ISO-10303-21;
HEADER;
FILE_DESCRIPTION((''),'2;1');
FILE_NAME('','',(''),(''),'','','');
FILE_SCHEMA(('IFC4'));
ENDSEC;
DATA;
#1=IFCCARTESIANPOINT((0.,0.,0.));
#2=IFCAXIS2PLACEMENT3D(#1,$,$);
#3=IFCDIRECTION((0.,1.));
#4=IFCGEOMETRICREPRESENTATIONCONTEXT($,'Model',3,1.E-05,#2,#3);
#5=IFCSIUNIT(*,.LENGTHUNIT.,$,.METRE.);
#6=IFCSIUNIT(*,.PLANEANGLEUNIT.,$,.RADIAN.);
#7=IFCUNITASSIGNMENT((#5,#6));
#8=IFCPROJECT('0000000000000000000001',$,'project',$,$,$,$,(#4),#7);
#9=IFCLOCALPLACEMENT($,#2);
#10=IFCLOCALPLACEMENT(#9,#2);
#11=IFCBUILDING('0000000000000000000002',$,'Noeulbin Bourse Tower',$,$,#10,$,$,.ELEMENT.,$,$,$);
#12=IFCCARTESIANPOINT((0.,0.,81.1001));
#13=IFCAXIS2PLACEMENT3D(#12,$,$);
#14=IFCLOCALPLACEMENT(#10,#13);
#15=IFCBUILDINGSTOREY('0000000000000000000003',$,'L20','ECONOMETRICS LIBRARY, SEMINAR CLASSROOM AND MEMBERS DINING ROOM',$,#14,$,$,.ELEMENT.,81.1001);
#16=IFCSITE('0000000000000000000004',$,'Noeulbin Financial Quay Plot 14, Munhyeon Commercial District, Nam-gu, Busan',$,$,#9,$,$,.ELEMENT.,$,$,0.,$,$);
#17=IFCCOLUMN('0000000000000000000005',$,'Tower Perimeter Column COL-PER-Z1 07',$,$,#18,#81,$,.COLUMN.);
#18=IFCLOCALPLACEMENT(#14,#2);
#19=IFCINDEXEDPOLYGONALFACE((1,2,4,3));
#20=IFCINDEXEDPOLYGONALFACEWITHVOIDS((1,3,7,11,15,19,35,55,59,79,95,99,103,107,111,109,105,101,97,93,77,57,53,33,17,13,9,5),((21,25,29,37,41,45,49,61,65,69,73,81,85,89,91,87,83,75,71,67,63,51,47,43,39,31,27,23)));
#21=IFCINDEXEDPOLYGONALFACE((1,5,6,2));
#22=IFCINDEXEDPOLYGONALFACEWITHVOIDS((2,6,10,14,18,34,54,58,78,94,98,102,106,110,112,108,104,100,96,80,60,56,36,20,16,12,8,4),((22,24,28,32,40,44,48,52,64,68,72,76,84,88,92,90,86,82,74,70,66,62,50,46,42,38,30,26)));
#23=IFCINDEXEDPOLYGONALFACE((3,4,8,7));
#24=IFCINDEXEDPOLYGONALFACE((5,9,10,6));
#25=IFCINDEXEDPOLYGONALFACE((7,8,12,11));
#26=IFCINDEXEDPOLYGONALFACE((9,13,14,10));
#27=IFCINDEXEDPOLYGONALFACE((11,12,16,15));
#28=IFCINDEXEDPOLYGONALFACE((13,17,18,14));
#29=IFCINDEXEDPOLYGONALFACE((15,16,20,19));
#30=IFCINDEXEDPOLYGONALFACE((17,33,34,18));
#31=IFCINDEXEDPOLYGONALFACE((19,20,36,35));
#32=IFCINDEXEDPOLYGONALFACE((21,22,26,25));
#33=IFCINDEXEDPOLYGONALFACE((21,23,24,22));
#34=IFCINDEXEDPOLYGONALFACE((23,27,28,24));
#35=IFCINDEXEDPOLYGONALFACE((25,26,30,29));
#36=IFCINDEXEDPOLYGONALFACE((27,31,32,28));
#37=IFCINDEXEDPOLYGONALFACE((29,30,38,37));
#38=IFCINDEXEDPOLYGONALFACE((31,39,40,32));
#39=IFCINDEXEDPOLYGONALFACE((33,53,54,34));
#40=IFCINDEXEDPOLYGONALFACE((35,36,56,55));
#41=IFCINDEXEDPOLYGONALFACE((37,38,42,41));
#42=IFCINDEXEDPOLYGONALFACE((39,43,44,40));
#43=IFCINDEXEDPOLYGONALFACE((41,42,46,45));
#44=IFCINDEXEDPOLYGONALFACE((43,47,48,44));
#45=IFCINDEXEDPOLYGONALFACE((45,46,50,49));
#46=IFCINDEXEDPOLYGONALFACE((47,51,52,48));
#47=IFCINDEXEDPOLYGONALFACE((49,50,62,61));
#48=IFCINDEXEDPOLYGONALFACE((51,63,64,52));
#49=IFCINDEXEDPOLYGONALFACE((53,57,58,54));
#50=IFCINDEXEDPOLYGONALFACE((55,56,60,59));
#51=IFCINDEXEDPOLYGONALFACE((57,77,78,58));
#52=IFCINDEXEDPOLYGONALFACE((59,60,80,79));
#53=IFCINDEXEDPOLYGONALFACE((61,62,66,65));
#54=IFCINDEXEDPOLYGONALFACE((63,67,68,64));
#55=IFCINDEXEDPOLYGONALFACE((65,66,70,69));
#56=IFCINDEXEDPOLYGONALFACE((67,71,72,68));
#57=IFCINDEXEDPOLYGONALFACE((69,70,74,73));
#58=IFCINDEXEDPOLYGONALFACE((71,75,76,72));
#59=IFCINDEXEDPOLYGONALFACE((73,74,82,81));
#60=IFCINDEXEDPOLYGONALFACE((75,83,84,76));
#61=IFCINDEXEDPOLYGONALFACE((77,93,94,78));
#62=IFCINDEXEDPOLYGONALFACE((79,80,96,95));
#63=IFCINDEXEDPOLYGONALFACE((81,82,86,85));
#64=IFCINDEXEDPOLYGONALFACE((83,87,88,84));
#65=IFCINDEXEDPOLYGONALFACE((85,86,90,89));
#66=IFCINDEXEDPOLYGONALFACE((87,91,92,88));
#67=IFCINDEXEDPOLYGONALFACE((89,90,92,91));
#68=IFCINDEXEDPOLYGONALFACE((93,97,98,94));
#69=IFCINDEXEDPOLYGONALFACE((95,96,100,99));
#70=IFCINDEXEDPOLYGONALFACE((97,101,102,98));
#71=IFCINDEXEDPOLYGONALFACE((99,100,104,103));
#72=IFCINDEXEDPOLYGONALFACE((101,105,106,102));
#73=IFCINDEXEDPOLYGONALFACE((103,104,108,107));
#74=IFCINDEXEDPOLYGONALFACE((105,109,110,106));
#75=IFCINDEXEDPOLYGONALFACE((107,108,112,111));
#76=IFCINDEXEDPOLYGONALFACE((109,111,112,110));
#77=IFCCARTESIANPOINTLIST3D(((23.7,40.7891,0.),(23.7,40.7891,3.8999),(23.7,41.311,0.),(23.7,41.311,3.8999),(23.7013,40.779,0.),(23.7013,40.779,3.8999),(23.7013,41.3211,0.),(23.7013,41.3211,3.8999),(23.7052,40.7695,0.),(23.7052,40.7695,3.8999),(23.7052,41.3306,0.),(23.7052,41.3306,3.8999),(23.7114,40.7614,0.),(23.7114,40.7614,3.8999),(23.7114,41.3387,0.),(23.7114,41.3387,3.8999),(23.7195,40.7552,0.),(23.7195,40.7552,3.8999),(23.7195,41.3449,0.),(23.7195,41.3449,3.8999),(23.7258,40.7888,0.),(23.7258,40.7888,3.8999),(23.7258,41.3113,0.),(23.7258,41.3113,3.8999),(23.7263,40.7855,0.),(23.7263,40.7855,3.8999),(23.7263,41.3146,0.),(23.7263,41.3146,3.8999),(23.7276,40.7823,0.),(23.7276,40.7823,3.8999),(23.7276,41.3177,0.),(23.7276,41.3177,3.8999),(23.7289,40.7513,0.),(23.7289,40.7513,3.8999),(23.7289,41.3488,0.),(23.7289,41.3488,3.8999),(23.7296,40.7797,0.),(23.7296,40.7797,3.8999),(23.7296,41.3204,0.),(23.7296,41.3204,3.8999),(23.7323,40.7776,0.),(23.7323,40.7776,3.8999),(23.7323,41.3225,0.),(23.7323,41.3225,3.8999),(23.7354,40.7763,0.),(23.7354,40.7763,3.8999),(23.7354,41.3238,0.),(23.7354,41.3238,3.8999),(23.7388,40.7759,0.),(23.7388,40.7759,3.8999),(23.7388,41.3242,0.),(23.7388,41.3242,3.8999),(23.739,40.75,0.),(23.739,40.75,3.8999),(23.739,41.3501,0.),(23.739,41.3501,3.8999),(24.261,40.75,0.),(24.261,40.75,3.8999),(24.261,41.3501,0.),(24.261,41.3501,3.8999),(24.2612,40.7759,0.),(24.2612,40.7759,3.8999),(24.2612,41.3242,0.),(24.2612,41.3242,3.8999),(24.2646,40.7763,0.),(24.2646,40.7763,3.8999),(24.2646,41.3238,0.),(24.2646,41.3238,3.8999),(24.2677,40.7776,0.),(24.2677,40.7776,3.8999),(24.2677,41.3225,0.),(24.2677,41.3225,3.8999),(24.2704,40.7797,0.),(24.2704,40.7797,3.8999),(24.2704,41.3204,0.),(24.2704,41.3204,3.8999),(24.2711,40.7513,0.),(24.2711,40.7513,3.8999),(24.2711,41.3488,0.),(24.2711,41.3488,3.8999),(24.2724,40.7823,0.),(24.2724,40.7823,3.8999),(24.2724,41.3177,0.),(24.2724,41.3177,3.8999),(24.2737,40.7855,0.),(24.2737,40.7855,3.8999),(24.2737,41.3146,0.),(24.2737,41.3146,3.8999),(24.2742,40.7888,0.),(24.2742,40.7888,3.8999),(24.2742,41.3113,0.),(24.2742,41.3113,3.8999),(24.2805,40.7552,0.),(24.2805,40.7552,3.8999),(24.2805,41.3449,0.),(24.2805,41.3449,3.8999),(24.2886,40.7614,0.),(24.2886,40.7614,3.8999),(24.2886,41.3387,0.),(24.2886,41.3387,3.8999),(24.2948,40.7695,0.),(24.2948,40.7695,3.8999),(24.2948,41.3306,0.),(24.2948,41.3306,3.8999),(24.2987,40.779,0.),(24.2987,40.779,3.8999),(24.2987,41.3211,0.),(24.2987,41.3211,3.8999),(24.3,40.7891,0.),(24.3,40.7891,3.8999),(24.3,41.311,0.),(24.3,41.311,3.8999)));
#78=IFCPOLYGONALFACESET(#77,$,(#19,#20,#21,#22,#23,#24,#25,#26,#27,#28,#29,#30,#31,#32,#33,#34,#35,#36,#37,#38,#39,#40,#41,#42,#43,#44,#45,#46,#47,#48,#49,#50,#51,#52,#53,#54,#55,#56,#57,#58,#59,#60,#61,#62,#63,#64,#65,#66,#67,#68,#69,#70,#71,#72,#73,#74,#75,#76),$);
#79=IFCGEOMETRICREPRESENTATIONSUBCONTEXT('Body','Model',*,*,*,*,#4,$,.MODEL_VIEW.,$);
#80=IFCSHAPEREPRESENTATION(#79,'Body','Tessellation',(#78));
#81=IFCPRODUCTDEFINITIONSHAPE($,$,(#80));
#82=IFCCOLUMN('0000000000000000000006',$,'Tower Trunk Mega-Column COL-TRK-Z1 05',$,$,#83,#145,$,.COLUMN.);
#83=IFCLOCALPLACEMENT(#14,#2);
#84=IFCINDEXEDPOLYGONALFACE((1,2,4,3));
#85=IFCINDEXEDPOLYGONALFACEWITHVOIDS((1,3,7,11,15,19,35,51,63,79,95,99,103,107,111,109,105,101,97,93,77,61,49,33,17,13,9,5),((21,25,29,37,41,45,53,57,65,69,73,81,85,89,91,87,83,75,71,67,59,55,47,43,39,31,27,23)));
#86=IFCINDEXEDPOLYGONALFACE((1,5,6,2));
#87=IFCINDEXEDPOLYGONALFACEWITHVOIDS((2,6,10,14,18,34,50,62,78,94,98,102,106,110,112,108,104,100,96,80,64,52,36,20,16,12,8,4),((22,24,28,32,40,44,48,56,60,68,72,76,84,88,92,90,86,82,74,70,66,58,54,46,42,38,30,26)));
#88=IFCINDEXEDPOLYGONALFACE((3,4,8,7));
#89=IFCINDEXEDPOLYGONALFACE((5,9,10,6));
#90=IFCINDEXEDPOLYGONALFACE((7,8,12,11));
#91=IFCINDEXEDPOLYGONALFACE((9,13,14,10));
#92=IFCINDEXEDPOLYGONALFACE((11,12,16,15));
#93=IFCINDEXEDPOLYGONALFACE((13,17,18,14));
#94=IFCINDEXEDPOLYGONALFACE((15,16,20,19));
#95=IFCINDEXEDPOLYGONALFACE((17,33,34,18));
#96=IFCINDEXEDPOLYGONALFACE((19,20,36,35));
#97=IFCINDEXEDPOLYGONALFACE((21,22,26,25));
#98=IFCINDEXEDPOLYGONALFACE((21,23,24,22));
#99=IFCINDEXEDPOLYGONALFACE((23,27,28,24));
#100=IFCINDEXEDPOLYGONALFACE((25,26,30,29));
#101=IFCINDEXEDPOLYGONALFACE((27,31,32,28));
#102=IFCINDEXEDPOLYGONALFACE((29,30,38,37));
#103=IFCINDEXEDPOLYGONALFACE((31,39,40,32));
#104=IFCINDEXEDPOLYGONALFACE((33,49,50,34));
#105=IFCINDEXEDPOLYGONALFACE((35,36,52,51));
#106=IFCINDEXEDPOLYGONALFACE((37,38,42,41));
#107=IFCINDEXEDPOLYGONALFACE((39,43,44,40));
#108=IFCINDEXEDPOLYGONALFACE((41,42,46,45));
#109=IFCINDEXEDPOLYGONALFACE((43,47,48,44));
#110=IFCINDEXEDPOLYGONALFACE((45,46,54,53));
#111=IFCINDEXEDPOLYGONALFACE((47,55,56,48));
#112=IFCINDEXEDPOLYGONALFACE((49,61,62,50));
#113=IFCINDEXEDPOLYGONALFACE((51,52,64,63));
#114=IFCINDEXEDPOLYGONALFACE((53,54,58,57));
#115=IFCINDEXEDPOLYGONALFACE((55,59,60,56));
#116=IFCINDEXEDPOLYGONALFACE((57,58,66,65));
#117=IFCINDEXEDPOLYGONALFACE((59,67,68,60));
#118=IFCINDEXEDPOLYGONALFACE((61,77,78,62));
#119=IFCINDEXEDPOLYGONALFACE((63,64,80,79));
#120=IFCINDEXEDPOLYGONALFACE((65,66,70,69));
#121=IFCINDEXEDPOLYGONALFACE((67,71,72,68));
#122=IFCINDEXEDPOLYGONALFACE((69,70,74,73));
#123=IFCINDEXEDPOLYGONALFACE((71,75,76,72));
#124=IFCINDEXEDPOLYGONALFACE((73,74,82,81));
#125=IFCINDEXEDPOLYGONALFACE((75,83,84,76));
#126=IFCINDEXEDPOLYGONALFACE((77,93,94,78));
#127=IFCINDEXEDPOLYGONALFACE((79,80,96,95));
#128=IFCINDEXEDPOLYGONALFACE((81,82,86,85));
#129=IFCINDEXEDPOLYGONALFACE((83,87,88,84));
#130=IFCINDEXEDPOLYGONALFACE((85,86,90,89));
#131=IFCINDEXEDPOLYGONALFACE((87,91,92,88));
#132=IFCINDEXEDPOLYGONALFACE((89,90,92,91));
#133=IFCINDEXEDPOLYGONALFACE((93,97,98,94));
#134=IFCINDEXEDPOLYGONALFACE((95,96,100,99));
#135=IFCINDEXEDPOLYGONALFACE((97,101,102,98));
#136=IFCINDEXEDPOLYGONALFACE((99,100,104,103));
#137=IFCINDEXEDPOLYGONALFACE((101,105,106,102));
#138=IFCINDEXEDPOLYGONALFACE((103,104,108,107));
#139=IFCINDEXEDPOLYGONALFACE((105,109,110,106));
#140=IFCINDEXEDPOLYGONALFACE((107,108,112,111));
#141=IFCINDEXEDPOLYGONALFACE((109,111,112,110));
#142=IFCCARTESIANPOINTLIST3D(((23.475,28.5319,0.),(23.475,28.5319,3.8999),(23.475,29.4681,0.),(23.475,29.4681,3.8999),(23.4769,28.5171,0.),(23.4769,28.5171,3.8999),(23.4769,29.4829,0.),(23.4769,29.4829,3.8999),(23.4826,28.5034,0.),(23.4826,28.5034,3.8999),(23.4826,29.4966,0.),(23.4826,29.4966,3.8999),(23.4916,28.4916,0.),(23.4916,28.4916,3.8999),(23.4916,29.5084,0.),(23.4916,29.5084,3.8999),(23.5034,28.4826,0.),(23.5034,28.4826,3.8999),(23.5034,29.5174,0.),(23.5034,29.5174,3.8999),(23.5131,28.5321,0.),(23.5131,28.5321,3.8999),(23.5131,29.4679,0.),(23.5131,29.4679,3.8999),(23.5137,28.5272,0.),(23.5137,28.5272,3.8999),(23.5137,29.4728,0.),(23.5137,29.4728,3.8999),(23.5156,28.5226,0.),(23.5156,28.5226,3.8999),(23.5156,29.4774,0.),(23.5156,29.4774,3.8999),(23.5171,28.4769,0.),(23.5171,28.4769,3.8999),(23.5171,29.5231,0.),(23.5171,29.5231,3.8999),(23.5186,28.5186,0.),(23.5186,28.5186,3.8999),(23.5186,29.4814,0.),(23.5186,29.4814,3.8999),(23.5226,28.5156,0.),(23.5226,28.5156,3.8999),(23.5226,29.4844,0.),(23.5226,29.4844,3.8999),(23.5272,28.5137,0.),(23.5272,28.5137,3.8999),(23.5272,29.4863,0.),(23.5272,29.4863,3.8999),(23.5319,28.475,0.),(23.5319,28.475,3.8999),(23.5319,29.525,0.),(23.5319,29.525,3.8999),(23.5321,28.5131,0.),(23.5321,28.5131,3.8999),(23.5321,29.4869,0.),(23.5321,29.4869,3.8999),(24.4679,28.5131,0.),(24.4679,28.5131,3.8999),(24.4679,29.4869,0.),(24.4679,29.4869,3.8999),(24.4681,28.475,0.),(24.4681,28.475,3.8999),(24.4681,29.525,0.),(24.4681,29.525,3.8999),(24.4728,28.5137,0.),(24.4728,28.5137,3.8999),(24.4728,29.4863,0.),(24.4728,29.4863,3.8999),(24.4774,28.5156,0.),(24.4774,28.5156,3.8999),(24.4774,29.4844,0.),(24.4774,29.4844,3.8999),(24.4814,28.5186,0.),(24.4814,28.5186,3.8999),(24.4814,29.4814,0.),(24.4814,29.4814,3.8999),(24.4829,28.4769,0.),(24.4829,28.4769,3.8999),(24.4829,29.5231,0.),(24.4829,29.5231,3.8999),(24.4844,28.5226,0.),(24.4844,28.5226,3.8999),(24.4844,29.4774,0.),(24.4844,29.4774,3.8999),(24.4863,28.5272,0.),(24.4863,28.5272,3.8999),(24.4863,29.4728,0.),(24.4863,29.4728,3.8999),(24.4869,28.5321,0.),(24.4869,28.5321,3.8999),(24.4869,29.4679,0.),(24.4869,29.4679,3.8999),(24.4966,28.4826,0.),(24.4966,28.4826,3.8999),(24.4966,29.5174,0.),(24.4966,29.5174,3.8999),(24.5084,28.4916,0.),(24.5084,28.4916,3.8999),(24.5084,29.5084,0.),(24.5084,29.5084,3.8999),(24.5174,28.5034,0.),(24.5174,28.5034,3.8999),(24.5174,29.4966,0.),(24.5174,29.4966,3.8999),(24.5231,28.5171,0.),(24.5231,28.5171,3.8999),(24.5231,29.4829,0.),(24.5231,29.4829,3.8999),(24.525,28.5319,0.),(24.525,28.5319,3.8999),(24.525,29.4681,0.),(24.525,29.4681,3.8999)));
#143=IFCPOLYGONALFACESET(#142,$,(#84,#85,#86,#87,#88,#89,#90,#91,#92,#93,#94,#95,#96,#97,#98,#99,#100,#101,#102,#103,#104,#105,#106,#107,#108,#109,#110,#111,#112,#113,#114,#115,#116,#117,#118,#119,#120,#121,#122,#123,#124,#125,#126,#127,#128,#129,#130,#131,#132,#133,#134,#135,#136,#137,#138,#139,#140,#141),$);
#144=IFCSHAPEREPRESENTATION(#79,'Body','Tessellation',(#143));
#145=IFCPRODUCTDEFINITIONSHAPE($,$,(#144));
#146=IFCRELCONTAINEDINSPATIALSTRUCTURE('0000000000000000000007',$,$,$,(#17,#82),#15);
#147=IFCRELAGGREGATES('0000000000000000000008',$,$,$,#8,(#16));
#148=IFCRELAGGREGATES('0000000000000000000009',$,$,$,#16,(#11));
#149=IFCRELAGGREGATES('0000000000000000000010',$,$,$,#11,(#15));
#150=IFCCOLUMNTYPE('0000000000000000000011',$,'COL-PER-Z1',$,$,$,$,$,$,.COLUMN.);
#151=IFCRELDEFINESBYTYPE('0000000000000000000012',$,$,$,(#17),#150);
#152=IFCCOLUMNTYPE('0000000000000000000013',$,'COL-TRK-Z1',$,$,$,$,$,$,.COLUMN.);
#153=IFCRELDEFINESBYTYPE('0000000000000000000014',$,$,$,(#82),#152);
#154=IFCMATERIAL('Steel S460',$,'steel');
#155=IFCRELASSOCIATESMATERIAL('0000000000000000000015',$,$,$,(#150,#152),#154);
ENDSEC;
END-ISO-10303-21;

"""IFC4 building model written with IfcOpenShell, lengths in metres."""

from ifc_helpers import new_model, si_unit, direction, frame, origin, origin_2d, place, context, subcontext, project, spatial, hollow_rectangle, extrude, material, material_profile, profile_set, type_object, element, save


model = new_model("IFC4")

# Units and contexts
model_context = context("Model", 3, precision=1e-05, world=origin(), true_north=direction((0.0, 1.0)))
body_context = subcontext(model_context, "Body", "Model", "MODEL_VIEW")
ifc_project = project(units=[si_unit("LENGTHUNIT", "METRE"), si_unit("PLANEANGLEUNIT", "RADIAN")], contexts=[model_context])

# Site, building, storey
site_placement = place(None, origin())
site = spatial("IfcSite", under=ifc_project, at=site_placement, Name="Noeulbin Financial Quay Plot 14, Munhyeon Commercial District, Nam-gu, Busan", CompositionType="ELEMENT", RefElevation=0.0)
building_placement = place(site_placement, origin())
building = spatial("IfcBuilding", under=site, at=building_placement, Name="Noeulbin Bourse Tower", CompositionType="ELEMENT")
storey_placement = place(building_placement, frame((0.0, 0.0, 81.1001)))
storey = spatial("IfcBuildingStorey", under=building, at=storey_placement, Name="L20", Description="ECONOMETRICS LIBRARY, SEMINAR CLASSROOM AND MEMBERS DINING ROOM", CompositionType="ELEMENT", Elevation=81.1001)

# Columns
ifc_material_1 = material(Name="Steel S460", Category="steel")
ifc_material_profile_1 = material_profile(ifc_material_1, hollow_rectangle(XDim=0.6001, YDim=0.6001, WallThickness=0.0259, InnerFilletRadius=0.0129, OuterFilletRadius=0.0391, at=origin_2d()), Name="BOX-600x600x26", Category="LoadBearing")
ifc_profile_set_1 = profile_set([ifc_material_profile_1], Name="Steel S460")
column_type_1 = type_object("IfcColumnType", Name="COL-PER-Z1", PredefinedType="COLUMN", material=ifc_profile_set_1)
column_placement = place(storey_placement, frame((24.0, 41.05, 0.0), z_axis=(0.0, 0.0, 1.0), x_axis=(1.0, 0.0, 0.0)))
element("IfcColumn", 1, at=column_placement, inside=storey, type_object=column_type_1, Name="Tower Perimeter Column COL-PER-Z1 07", PredefinedType="COLUMN", context=body_context, shape_type="SweptSolid", body=[
    extrude(hollow_rectangle(XDim=0.6001, YDim=0.6001, WallThickness=0.0259, InnerFilletRadius=0.0129, OuterFilletRadius=0.0391, at=origin_2d()), origin(), (0.0, 0.0, 1.0), 3.8999),
])
ifc_material_profile_2 = material_profile(ifc_material_1, hollow_rectangle(XDim=1.05, YDim=1.05, WallThickness=0.0381, InnerFilletRadius=0.019, OuterFilletRadius=0.0569, at=origin_2d()), Name="BOX-1050x1050x38", Category="LoadBearing")
ifc_profile_set_2 = profile_set([ifc_material_profile_2], Name="Steel S460")
column_type_2 = type_object("IfcColumnType", Name="COL-TRK-Z1", PredefinedType="COLUMN", material=ifc_profile_set_2)
for number, where, z_axis, x_axis, name in (
    (2, (24.0, 29.0, 0.0), (0.0, 0.0, 1.0), (1.0, 0.0, 0.0), "Tower Trunk Mega-Column COL-TRK-Z1 05"),
):
    element("IfcColumn", number, at=place(storey_placement, frame(where, z_axis=z_axis, x_axis=x_axis)), inside=storey, type_object=column_type_2, Name=name, PredefinedType="COLUMN", context=body_context, shape_type="SweptSolid", body=[
        extrude(hollow_rectangle(XDim=1.05, YDim=1.05, WallThickness=0.0381, InnerFilletRadius=0.019, OuterFilletRadius=0.0569, at=origin_2d()), origin(), (0.0, 0.0, 1.0), 3.8999),
    ])

save(model, "model.ifc")
